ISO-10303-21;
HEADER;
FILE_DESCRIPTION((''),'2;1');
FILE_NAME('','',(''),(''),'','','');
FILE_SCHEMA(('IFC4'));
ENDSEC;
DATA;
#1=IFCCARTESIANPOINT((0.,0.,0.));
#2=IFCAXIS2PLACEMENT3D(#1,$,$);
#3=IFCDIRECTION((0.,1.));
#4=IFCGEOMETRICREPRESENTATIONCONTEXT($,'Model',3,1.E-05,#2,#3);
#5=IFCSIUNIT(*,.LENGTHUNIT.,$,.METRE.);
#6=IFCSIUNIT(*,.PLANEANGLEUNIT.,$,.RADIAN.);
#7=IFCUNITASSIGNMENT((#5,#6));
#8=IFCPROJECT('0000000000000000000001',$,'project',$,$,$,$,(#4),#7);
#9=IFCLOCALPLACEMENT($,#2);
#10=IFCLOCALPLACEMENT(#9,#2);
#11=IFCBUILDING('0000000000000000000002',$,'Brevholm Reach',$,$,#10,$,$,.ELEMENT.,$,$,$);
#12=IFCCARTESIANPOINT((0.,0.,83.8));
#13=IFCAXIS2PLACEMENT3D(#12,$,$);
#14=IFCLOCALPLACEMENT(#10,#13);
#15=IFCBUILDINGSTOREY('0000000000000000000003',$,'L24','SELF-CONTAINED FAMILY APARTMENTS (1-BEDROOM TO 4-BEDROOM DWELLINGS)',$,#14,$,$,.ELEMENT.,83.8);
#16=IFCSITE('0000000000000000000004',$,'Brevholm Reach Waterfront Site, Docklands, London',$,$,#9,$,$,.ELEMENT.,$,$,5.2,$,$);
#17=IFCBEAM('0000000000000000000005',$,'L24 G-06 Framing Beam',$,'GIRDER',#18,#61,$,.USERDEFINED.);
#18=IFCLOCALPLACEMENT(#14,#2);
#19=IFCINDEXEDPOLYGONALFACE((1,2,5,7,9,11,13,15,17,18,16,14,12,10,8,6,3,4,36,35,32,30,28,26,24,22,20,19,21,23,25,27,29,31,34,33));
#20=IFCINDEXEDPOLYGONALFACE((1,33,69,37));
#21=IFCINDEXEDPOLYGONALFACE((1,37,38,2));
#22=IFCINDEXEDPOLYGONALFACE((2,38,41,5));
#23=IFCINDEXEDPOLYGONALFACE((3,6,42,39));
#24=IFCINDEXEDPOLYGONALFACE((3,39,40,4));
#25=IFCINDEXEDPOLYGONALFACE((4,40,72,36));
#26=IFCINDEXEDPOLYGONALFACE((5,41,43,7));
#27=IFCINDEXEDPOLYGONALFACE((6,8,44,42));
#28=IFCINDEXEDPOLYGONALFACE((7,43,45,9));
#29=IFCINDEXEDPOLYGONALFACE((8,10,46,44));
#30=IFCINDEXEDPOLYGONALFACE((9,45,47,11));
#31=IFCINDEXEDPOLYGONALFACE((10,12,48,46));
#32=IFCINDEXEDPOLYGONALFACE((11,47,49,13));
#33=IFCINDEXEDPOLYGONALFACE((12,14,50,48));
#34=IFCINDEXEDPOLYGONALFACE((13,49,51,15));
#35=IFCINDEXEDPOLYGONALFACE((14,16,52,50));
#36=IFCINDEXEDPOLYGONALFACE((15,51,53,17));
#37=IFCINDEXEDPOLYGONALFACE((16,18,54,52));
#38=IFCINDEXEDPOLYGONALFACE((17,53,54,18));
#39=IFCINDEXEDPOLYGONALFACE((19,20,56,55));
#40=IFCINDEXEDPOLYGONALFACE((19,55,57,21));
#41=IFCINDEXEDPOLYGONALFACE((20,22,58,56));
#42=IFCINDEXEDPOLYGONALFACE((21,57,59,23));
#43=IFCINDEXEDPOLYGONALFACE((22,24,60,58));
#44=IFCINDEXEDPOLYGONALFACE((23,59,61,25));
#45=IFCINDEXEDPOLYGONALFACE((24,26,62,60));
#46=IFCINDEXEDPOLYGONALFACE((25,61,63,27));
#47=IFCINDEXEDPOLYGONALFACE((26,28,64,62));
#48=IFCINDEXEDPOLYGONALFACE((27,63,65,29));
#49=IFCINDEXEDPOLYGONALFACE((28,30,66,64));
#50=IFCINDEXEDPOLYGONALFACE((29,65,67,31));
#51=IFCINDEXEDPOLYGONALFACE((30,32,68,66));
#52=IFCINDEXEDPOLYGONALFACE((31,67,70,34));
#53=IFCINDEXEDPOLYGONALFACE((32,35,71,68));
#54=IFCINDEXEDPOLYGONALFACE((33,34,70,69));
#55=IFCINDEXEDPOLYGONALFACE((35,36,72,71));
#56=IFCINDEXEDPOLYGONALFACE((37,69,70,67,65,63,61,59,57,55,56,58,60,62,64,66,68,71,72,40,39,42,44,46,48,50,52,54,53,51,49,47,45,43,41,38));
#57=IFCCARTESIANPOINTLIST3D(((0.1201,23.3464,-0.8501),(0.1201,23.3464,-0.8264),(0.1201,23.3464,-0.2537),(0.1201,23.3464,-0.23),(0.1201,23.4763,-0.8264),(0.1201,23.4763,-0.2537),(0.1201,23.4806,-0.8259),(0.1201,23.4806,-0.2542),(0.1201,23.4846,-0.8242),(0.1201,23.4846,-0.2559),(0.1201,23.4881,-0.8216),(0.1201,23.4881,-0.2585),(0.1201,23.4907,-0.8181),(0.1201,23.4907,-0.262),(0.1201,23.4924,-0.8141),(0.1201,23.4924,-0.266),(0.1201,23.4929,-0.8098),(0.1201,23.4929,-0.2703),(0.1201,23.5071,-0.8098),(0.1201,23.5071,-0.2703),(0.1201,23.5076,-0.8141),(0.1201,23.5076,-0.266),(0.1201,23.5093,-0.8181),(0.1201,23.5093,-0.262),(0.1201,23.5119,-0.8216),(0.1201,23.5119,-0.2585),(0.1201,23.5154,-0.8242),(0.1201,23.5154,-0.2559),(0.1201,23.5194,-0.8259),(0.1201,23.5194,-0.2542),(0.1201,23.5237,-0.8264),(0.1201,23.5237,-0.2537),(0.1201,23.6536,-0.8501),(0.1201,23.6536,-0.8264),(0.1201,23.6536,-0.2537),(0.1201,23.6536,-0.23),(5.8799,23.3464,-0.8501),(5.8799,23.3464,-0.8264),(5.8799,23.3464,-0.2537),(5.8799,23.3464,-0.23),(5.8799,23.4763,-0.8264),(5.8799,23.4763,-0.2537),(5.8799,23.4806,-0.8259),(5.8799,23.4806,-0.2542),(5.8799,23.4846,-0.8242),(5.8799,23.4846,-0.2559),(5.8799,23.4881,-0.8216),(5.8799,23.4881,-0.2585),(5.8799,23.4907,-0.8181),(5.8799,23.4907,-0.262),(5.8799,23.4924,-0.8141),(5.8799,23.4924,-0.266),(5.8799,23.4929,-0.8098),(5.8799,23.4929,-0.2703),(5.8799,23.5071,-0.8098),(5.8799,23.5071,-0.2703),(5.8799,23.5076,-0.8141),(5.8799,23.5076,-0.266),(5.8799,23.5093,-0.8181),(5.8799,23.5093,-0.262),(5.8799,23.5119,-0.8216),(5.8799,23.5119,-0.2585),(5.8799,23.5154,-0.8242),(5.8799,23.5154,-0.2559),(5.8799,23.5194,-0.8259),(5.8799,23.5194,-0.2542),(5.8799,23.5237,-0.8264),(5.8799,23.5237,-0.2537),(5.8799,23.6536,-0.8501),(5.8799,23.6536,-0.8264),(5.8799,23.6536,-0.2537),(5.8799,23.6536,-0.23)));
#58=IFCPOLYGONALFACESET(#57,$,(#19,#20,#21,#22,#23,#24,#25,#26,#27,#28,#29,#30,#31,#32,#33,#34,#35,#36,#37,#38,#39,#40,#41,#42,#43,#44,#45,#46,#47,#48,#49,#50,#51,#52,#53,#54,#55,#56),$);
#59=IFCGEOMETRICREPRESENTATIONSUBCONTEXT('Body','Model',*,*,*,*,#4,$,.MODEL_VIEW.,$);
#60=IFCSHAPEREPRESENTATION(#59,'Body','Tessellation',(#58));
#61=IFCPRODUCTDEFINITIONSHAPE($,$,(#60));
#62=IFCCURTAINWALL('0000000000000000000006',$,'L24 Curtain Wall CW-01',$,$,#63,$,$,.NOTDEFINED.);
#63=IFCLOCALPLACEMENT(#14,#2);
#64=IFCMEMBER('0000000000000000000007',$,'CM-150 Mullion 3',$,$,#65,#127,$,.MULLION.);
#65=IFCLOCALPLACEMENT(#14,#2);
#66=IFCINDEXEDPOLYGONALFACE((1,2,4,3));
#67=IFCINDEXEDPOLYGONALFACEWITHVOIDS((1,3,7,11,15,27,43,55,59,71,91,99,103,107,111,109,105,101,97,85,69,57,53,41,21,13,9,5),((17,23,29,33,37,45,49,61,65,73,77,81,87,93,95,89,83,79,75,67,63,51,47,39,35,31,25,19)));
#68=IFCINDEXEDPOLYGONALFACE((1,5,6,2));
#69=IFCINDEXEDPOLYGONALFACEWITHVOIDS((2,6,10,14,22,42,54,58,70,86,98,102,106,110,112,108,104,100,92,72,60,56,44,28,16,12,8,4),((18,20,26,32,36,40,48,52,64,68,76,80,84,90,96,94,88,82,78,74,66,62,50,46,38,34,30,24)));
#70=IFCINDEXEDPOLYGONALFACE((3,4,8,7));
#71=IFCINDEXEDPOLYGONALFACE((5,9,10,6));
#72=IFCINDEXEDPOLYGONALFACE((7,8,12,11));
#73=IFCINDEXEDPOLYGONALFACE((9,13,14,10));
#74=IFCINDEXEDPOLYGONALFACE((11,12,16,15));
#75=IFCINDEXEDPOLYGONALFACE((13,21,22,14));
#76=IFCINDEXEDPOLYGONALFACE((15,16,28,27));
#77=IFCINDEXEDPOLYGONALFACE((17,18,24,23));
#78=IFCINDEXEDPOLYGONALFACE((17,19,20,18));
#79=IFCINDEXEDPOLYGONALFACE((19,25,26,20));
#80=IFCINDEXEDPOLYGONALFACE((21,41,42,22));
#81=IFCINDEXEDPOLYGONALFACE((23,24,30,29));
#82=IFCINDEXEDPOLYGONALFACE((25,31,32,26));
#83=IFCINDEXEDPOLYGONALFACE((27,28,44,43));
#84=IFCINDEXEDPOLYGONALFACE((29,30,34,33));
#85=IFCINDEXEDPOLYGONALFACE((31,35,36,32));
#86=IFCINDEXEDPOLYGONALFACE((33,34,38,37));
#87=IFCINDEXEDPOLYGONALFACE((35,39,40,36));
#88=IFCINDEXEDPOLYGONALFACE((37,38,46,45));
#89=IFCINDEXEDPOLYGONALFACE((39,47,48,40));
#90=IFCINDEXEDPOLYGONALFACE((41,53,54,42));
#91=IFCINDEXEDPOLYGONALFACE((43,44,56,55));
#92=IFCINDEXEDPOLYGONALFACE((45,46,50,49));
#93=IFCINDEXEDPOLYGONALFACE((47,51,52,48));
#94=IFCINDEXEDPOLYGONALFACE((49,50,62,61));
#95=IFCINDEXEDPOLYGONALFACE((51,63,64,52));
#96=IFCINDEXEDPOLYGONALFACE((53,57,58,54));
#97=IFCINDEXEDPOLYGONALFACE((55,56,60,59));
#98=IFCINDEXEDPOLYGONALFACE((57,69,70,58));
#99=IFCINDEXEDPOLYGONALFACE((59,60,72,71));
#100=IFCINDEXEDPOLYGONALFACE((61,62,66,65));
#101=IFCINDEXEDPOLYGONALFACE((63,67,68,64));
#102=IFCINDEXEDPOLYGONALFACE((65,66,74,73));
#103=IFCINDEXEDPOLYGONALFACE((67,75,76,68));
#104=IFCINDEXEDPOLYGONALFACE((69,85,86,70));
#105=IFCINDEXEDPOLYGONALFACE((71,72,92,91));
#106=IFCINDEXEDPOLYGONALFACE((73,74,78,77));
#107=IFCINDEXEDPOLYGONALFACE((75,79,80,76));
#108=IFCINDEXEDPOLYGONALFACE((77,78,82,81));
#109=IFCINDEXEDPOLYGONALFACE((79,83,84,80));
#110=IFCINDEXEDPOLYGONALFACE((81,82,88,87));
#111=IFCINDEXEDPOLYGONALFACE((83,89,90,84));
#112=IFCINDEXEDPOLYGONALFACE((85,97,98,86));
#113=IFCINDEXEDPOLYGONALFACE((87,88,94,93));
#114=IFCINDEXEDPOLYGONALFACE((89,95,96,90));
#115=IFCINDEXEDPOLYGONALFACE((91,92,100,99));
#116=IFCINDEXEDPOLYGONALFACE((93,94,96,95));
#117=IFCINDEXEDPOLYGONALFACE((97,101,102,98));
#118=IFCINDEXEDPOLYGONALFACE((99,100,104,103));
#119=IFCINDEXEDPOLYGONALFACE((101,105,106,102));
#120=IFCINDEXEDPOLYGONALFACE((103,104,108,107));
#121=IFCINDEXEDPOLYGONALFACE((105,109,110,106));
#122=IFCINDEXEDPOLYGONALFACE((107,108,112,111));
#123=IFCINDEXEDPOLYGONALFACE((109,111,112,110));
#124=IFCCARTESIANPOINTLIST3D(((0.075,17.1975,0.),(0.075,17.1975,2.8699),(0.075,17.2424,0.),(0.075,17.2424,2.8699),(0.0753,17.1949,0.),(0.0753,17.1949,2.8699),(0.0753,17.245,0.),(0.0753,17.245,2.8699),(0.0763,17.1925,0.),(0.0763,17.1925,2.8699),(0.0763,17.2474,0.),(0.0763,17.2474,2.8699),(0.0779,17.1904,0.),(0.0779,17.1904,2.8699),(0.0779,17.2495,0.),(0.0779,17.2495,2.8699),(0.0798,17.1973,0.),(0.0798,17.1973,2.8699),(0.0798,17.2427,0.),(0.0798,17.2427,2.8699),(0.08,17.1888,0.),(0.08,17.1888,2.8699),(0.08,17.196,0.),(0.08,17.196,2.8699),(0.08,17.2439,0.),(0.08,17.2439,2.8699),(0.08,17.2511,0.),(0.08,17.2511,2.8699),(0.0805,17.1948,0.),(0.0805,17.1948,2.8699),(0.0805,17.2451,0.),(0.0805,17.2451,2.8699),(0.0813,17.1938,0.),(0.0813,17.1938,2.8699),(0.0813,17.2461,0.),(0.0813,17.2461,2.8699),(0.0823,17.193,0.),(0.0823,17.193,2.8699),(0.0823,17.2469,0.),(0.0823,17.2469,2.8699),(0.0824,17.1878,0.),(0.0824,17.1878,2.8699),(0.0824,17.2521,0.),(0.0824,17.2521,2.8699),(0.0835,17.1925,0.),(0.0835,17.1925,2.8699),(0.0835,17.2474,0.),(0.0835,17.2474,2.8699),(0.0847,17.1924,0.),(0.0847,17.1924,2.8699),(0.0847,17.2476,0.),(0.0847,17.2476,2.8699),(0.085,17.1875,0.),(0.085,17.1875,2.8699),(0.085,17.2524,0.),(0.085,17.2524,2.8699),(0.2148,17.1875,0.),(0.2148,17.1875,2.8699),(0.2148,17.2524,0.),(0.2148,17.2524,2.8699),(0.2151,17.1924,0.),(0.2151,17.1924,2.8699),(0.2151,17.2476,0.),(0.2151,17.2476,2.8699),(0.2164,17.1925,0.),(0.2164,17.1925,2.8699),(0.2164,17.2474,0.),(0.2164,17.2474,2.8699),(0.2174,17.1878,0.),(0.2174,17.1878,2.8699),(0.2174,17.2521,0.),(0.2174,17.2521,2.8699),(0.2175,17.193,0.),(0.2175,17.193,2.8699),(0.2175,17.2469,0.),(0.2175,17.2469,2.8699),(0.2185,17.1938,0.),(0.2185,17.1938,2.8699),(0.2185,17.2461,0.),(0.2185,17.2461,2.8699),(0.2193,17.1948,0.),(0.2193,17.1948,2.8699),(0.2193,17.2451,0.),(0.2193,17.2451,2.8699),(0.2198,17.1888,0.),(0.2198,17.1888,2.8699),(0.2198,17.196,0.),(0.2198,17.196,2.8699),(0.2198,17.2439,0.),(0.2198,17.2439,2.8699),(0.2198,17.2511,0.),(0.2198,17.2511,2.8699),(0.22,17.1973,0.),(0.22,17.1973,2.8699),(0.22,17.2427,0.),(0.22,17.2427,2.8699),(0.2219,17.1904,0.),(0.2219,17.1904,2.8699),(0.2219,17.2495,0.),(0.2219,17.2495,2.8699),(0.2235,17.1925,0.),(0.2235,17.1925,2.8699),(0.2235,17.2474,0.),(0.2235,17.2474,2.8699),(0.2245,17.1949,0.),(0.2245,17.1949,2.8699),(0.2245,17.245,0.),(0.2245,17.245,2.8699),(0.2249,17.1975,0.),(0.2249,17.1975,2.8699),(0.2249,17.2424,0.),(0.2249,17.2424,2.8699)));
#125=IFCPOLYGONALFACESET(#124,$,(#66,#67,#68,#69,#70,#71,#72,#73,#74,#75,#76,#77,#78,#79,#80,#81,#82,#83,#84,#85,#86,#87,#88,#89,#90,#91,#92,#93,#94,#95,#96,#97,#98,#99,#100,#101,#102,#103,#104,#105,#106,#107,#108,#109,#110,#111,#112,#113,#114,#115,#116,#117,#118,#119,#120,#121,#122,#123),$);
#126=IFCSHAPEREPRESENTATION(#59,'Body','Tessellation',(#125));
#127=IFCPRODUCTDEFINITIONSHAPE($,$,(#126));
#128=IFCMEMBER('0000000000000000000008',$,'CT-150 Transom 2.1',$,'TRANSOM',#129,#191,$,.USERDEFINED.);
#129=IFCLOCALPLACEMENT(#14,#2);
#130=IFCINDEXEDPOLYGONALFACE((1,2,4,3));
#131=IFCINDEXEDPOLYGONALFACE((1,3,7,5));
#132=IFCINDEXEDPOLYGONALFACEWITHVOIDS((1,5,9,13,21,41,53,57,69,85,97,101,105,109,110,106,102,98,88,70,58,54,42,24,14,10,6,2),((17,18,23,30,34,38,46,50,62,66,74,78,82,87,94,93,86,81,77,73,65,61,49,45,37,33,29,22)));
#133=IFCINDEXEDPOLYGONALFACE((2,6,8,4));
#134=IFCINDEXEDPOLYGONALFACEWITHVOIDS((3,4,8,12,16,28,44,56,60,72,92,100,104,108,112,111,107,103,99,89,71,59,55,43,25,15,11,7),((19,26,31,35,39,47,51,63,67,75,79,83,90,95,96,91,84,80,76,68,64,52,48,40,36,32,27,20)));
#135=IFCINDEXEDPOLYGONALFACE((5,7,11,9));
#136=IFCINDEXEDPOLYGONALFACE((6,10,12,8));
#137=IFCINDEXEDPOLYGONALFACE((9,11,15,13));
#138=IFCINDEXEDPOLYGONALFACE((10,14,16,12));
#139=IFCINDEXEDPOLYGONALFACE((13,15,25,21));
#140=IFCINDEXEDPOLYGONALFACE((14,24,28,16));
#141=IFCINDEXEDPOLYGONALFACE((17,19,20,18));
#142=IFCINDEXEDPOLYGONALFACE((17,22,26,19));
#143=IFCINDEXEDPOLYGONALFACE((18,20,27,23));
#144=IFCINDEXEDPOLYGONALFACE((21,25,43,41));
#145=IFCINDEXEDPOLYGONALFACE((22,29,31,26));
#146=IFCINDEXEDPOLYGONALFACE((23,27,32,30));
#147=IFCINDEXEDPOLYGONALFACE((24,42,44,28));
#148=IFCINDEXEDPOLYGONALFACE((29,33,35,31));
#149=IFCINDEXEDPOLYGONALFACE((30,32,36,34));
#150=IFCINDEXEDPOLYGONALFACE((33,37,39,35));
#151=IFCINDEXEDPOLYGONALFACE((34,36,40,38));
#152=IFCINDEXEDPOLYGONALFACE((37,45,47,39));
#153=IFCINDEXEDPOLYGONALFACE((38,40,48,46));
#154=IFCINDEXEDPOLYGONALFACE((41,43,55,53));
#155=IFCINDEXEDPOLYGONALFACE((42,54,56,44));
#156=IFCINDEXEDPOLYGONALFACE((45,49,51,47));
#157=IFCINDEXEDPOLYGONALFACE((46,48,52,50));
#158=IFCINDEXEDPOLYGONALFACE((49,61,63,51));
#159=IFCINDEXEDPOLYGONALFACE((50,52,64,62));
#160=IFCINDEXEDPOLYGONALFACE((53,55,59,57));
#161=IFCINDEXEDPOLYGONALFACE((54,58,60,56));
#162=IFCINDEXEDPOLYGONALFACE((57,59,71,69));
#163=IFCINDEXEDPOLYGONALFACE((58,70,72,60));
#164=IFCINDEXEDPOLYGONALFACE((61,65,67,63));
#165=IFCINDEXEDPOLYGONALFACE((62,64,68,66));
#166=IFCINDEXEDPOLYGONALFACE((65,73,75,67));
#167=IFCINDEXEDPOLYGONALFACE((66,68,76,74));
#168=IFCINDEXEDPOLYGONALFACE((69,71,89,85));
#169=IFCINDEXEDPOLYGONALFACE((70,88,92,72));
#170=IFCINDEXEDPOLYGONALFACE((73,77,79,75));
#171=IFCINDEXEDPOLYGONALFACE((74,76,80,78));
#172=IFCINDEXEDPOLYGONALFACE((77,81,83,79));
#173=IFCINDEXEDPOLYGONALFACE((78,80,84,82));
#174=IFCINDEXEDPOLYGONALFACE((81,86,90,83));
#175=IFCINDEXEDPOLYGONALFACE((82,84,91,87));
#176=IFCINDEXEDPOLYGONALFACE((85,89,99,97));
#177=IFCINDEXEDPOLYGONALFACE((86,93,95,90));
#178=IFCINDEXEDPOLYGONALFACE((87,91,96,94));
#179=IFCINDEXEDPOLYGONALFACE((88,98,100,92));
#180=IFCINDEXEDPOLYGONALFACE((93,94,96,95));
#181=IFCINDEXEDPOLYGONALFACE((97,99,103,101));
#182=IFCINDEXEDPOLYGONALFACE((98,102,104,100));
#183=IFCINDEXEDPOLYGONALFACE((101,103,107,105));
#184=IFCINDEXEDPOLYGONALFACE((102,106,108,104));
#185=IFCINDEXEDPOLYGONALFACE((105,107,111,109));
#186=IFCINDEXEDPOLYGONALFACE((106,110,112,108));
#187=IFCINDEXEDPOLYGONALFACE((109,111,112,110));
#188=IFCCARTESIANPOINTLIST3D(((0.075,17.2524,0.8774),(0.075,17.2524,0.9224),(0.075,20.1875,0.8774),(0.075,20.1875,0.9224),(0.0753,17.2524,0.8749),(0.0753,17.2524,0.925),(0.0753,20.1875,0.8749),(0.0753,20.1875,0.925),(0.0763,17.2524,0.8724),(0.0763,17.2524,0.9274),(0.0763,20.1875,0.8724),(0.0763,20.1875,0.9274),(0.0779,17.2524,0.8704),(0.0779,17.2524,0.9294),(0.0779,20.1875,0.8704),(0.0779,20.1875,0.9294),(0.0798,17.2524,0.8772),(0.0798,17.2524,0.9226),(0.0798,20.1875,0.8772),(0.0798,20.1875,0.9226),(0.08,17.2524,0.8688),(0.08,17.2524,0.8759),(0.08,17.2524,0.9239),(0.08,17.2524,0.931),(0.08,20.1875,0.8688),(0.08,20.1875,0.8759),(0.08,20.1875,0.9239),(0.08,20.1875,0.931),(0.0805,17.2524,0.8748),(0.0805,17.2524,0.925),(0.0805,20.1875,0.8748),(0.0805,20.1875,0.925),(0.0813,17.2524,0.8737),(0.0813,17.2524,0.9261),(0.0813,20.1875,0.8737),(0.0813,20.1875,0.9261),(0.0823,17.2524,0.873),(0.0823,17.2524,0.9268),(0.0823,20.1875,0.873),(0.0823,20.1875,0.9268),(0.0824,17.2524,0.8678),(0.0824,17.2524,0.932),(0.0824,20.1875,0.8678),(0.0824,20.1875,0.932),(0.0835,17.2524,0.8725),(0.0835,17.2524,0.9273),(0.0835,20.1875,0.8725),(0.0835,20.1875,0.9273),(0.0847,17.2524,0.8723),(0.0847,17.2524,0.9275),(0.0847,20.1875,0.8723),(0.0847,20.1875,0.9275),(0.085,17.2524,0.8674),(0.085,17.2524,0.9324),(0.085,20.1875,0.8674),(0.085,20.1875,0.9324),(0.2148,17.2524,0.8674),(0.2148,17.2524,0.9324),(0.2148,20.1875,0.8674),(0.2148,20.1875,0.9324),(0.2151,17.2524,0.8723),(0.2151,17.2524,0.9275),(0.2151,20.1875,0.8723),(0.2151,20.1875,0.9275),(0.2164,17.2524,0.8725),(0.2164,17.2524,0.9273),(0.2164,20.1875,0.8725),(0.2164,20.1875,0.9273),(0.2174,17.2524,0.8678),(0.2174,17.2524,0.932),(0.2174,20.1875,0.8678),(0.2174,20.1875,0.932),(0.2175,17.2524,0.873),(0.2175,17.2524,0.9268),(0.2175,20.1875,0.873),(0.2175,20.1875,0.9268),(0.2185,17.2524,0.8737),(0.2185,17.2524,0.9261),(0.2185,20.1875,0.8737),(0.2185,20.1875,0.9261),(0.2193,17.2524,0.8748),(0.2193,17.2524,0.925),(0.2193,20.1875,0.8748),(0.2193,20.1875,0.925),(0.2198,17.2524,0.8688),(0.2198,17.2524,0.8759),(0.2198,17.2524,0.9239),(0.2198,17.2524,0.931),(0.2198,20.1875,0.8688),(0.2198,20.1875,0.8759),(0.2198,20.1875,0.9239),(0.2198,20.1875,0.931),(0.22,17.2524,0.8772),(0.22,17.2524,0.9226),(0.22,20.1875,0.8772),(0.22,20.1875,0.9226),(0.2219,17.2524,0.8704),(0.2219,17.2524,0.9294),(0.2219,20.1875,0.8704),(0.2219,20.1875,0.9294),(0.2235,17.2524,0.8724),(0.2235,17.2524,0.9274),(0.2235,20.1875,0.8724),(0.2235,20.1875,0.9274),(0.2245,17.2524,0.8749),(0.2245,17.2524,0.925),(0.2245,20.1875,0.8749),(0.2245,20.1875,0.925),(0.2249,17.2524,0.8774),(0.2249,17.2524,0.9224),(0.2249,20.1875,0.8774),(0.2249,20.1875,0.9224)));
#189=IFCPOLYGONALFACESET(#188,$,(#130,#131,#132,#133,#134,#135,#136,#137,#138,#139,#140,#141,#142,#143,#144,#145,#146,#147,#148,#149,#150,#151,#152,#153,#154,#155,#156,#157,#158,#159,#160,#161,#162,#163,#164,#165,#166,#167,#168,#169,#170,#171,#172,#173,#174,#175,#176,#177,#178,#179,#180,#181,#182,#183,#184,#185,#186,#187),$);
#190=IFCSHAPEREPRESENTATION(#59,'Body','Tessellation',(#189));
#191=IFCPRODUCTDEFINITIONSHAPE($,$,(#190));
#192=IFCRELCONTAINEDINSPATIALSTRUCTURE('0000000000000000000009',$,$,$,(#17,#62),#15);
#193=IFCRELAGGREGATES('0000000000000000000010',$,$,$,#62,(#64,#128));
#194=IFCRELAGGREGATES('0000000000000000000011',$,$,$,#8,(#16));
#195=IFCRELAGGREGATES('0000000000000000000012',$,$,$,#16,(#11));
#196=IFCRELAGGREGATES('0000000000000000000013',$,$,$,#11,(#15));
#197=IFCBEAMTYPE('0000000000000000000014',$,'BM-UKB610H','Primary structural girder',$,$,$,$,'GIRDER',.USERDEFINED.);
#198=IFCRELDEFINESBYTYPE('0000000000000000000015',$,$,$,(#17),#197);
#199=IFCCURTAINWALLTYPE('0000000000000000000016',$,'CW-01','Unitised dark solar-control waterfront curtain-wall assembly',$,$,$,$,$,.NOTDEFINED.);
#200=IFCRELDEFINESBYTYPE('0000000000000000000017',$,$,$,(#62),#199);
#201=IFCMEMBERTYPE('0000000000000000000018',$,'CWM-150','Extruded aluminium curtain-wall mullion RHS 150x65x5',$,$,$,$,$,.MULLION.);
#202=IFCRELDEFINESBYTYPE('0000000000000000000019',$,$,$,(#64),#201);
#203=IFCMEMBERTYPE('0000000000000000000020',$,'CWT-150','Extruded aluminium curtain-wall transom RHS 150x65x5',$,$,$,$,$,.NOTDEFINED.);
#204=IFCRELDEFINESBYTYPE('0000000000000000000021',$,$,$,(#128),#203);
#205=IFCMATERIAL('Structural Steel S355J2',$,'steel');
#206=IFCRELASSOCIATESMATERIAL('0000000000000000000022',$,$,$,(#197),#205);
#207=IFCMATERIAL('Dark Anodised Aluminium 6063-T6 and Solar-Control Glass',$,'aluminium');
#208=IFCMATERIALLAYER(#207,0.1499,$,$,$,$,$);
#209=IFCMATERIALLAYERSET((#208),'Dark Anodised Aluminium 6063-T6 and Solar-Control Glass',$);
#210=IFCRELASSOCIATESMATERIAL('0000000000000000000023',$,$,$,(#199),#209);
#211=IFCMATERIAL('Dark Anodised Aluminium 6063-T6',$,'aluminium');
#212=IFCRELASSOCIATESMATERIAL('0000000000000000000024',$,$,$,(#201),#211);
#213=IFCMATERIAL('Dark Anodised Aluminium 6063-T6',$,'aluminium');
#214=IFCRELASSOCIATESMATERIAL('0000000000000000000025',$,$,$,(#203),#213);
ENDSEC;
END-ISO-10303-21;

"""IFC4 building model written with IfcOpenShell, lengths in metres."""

from ifc_helpers import new_model, si_unit, direction, frame, origin, origin_2d, place, context, subcontext, project, spatial, hollow_rectangle, i_section, extrude, material, layer, layer_set, material_profile, profile_set, type_object, element, aggregate, save


model = new_model("IFC4")

# Units and contexts
model_context = context("Model", 3, precision=1e-05, world=origin(), true_north=direction((0.0, 1.0)))
body_context = subcontext(model_context, "Body", "Model", "MODEL_VIEW")
ifc_project = project(units=[si_unit("LENGTHUNIT", "METRE"), si_unit("PLANEANGLEUNIT", "RADIAN")], contexts=[model_context])

# Site, building, storey
site_placement = place(None, origin())
site = spatial("IfcSite", under=ifc_project, at=site_placement, Name="Brevholm Reach Waterfront Site, Docklands, London", CompositionType="ELEMENT", RefElevation=5.2)
building_placement = place(site_placement, origin())
building = spatial("IfcBuilding", under=site, at=building_placement, Name="Brevholm Reach", CompositionType="ELEMENT")
storey_placement = place(building_placement, frame((0.0, 0.0, 83.8)))
storey = spatial("IfcBuildingStorey", under=building, at=storey_placement, Name="L24", Description="SELF-CONTAINED FAMILY APARTMENTS (1-BEDROOM TO 4-BEDROOM DWELLINGS)", CompositionType="ELEMENT", Elevation=83.8)

# Beam
ifc_material_1 = material(Name="Structural Steel S355J2", Category="steel")
ifc_material_profile_1 = material_profile(ifc_material_1, i_section(OverallWidth=0.3071, OverallDepth=0.6201, WebThickness=0.0142, FlangeThickness=0.0237, FilletRadius=0.0166, at=origin_2d()), Name="UKB 610x305x179")
ifc_profile_set_1 = profile_set([ifc_material_profile_1], Name="Structural Steel S355J2")
beam_type_1 = type_object("IfcBeamType", Name="BM-UKB610H", Description="Primary structural girder", ElementType="GIRDER", PredefinedType="USERDEFINED", material=ifc_profile_set_1)
beam_1_placement = place(storey_placement, frame((0.1201, 23.5, -0.54), z_axis=(1.0, 0.0, 0.0), x_axis=(0.0, 1.0, 0.0)))
element("IfcBeam", 1, at=beam_1_placement, inside=storey, type_object=beam_type_1, Name="L24 G-06 Framing Beam", ObjectType="GIRDER", PredefinedType="USERDEFINED", context=body_context, shape_type="SweptSolid", body=[
    extrude(i_section(OverallWidth=0.3071, OverallDepth=0.6201, WebThickness=0.0142, FlangeThickness=0.0237, FilletRadius=0.0166, at=origin_2d()), origin(), (0.0, 0.0, 1.0), 5.7598),
])

# Curtain wall, members
ifc_material_2 = material(Name="Dark Anodised Aluminium 6063-T6 and Solar-Control Glass", Category="aluminium")
ifc_layer_1 = layer(ifc_material_2, 0.1499)
ifc_layer_set_1 = layer_set([ifc_layer_1], Name="Dark Anodised Aluminium 6063-T6 and Solar-Control Glass")
curtain_wall_type = type_object("IfcCurtainWallType", Name="CW-01", Description="Unitised dark solar-control waterfront curtain-wall assembly", PredefinedType="NOTDEFINED", material=ifc_layer_set_1)
curtain_wall_placement = place(storey_placement, origin())
curtain_wall = element("IfcCurtainWall", 2, at=curtain_wall_placement, inside=storey, type_object=curtain_wall_type, Name="L24 Curtain Wall CW-01", PredefinedType="NOTDEFINED")
ifc_material_3 = material(Name="Dark Anodised Aluminium 6063-T6", Category="aluminium")
ifc_material_profile_2 = material_profile(ifc_material_3, hollow_rectangle(XDim=0.0649, YDim=0.1499, WallThickness=0.0049, InnerFilletRadius=0.0049, OuterFilletRadius=0.01, at=origin_2d()), Name="RHS 150x65x5")
ifc_profile_set_2 = profile_set([ifc_material_profile_2], Name="Dark Anodised Aluminium 6063-T6")
member_type_1 = type_object("IfcMemberType", Name="CWM-150", Description="Extruded aluminium curtain-wall mullion RHS 150x65x5", PredefinedType="MULLION", material=ifc_profile_set_2)
member_1_placement = place(storey_placement, frame((0.1499, 17.22, 0.0), z_axis=(0.0, 0.0, 1.0), x_axis=(0.0, -1.0, 0.0)))
member_1 = element("IfcMember", 3, at=member_1_placement, type_object=member_type_1, Name="CM-150 Mullion 3", PredefinedType="MULLION", context=body_context, shape_type="SweptSolid", body=[
    extrude(hollow_rectangle(XDim=0.0649, YDim=0.1499, WallThickness=0.0049, InnerFilletRadius=0.0049, OuterFilletRadius=0.01, at=origin_2d()), origin(), (0.0, 0.0, 1.0), 2.8699),
])
ifc_material_4 = material(Name="Dark Anodised Aluminium 6063-T6", Category="aluminium")
ifc_material_profile_3 = material_profile(ifc_material_4, hollow_rectangle(XDim=0.0649, YDim=0.1499, WallThickness=0.0049, InnerFilletRadius=0.0049, OuterFilletRadius=0.01, at=origin_2d()), Name="RHS 150x65x5")
ifc_profile_set_3 = profile_set([ifc_material_profile_3], Name="Dark Anodised Aluminium 6063-T6")
member_type_2 = type_object("IfcMemberType", Name="CWT-150", Description="Extruded aluminium curtain-wall transom RHS 150x65x5", PredefinedType="NOTDEFINED", material=ifc_profile_set_3)
member_2_placement = place(storey_placement, frame((0.1499, 20.1875, 0.8999), z_axis=(0.0, -1.0, 0.0), x_axis=(0.0, 0.0, 1.0)))
member_2 = element("IfcMember", 4, at=member_2_placement, type_object=member_type_2, Name="CT-150 Transom 2.1", ObjectType="TRANSOM", PredefinedType="USERDEFINED", context=body_context, shape_type="SweptSolid", body=[
    extrude(hollow_rectangle(XDim=0.0649, YDim=0.1499, WallThickness=0.0049, InnerFilletRadius=0.0049, OuterFilletRadius=0.01, at=origin_2d()), origin(), (0.0, 0.0, 1.0), 2.9351),
])
aggregate(curtain_wall, [member_1, member_2])

save(model, "model.ifc")
